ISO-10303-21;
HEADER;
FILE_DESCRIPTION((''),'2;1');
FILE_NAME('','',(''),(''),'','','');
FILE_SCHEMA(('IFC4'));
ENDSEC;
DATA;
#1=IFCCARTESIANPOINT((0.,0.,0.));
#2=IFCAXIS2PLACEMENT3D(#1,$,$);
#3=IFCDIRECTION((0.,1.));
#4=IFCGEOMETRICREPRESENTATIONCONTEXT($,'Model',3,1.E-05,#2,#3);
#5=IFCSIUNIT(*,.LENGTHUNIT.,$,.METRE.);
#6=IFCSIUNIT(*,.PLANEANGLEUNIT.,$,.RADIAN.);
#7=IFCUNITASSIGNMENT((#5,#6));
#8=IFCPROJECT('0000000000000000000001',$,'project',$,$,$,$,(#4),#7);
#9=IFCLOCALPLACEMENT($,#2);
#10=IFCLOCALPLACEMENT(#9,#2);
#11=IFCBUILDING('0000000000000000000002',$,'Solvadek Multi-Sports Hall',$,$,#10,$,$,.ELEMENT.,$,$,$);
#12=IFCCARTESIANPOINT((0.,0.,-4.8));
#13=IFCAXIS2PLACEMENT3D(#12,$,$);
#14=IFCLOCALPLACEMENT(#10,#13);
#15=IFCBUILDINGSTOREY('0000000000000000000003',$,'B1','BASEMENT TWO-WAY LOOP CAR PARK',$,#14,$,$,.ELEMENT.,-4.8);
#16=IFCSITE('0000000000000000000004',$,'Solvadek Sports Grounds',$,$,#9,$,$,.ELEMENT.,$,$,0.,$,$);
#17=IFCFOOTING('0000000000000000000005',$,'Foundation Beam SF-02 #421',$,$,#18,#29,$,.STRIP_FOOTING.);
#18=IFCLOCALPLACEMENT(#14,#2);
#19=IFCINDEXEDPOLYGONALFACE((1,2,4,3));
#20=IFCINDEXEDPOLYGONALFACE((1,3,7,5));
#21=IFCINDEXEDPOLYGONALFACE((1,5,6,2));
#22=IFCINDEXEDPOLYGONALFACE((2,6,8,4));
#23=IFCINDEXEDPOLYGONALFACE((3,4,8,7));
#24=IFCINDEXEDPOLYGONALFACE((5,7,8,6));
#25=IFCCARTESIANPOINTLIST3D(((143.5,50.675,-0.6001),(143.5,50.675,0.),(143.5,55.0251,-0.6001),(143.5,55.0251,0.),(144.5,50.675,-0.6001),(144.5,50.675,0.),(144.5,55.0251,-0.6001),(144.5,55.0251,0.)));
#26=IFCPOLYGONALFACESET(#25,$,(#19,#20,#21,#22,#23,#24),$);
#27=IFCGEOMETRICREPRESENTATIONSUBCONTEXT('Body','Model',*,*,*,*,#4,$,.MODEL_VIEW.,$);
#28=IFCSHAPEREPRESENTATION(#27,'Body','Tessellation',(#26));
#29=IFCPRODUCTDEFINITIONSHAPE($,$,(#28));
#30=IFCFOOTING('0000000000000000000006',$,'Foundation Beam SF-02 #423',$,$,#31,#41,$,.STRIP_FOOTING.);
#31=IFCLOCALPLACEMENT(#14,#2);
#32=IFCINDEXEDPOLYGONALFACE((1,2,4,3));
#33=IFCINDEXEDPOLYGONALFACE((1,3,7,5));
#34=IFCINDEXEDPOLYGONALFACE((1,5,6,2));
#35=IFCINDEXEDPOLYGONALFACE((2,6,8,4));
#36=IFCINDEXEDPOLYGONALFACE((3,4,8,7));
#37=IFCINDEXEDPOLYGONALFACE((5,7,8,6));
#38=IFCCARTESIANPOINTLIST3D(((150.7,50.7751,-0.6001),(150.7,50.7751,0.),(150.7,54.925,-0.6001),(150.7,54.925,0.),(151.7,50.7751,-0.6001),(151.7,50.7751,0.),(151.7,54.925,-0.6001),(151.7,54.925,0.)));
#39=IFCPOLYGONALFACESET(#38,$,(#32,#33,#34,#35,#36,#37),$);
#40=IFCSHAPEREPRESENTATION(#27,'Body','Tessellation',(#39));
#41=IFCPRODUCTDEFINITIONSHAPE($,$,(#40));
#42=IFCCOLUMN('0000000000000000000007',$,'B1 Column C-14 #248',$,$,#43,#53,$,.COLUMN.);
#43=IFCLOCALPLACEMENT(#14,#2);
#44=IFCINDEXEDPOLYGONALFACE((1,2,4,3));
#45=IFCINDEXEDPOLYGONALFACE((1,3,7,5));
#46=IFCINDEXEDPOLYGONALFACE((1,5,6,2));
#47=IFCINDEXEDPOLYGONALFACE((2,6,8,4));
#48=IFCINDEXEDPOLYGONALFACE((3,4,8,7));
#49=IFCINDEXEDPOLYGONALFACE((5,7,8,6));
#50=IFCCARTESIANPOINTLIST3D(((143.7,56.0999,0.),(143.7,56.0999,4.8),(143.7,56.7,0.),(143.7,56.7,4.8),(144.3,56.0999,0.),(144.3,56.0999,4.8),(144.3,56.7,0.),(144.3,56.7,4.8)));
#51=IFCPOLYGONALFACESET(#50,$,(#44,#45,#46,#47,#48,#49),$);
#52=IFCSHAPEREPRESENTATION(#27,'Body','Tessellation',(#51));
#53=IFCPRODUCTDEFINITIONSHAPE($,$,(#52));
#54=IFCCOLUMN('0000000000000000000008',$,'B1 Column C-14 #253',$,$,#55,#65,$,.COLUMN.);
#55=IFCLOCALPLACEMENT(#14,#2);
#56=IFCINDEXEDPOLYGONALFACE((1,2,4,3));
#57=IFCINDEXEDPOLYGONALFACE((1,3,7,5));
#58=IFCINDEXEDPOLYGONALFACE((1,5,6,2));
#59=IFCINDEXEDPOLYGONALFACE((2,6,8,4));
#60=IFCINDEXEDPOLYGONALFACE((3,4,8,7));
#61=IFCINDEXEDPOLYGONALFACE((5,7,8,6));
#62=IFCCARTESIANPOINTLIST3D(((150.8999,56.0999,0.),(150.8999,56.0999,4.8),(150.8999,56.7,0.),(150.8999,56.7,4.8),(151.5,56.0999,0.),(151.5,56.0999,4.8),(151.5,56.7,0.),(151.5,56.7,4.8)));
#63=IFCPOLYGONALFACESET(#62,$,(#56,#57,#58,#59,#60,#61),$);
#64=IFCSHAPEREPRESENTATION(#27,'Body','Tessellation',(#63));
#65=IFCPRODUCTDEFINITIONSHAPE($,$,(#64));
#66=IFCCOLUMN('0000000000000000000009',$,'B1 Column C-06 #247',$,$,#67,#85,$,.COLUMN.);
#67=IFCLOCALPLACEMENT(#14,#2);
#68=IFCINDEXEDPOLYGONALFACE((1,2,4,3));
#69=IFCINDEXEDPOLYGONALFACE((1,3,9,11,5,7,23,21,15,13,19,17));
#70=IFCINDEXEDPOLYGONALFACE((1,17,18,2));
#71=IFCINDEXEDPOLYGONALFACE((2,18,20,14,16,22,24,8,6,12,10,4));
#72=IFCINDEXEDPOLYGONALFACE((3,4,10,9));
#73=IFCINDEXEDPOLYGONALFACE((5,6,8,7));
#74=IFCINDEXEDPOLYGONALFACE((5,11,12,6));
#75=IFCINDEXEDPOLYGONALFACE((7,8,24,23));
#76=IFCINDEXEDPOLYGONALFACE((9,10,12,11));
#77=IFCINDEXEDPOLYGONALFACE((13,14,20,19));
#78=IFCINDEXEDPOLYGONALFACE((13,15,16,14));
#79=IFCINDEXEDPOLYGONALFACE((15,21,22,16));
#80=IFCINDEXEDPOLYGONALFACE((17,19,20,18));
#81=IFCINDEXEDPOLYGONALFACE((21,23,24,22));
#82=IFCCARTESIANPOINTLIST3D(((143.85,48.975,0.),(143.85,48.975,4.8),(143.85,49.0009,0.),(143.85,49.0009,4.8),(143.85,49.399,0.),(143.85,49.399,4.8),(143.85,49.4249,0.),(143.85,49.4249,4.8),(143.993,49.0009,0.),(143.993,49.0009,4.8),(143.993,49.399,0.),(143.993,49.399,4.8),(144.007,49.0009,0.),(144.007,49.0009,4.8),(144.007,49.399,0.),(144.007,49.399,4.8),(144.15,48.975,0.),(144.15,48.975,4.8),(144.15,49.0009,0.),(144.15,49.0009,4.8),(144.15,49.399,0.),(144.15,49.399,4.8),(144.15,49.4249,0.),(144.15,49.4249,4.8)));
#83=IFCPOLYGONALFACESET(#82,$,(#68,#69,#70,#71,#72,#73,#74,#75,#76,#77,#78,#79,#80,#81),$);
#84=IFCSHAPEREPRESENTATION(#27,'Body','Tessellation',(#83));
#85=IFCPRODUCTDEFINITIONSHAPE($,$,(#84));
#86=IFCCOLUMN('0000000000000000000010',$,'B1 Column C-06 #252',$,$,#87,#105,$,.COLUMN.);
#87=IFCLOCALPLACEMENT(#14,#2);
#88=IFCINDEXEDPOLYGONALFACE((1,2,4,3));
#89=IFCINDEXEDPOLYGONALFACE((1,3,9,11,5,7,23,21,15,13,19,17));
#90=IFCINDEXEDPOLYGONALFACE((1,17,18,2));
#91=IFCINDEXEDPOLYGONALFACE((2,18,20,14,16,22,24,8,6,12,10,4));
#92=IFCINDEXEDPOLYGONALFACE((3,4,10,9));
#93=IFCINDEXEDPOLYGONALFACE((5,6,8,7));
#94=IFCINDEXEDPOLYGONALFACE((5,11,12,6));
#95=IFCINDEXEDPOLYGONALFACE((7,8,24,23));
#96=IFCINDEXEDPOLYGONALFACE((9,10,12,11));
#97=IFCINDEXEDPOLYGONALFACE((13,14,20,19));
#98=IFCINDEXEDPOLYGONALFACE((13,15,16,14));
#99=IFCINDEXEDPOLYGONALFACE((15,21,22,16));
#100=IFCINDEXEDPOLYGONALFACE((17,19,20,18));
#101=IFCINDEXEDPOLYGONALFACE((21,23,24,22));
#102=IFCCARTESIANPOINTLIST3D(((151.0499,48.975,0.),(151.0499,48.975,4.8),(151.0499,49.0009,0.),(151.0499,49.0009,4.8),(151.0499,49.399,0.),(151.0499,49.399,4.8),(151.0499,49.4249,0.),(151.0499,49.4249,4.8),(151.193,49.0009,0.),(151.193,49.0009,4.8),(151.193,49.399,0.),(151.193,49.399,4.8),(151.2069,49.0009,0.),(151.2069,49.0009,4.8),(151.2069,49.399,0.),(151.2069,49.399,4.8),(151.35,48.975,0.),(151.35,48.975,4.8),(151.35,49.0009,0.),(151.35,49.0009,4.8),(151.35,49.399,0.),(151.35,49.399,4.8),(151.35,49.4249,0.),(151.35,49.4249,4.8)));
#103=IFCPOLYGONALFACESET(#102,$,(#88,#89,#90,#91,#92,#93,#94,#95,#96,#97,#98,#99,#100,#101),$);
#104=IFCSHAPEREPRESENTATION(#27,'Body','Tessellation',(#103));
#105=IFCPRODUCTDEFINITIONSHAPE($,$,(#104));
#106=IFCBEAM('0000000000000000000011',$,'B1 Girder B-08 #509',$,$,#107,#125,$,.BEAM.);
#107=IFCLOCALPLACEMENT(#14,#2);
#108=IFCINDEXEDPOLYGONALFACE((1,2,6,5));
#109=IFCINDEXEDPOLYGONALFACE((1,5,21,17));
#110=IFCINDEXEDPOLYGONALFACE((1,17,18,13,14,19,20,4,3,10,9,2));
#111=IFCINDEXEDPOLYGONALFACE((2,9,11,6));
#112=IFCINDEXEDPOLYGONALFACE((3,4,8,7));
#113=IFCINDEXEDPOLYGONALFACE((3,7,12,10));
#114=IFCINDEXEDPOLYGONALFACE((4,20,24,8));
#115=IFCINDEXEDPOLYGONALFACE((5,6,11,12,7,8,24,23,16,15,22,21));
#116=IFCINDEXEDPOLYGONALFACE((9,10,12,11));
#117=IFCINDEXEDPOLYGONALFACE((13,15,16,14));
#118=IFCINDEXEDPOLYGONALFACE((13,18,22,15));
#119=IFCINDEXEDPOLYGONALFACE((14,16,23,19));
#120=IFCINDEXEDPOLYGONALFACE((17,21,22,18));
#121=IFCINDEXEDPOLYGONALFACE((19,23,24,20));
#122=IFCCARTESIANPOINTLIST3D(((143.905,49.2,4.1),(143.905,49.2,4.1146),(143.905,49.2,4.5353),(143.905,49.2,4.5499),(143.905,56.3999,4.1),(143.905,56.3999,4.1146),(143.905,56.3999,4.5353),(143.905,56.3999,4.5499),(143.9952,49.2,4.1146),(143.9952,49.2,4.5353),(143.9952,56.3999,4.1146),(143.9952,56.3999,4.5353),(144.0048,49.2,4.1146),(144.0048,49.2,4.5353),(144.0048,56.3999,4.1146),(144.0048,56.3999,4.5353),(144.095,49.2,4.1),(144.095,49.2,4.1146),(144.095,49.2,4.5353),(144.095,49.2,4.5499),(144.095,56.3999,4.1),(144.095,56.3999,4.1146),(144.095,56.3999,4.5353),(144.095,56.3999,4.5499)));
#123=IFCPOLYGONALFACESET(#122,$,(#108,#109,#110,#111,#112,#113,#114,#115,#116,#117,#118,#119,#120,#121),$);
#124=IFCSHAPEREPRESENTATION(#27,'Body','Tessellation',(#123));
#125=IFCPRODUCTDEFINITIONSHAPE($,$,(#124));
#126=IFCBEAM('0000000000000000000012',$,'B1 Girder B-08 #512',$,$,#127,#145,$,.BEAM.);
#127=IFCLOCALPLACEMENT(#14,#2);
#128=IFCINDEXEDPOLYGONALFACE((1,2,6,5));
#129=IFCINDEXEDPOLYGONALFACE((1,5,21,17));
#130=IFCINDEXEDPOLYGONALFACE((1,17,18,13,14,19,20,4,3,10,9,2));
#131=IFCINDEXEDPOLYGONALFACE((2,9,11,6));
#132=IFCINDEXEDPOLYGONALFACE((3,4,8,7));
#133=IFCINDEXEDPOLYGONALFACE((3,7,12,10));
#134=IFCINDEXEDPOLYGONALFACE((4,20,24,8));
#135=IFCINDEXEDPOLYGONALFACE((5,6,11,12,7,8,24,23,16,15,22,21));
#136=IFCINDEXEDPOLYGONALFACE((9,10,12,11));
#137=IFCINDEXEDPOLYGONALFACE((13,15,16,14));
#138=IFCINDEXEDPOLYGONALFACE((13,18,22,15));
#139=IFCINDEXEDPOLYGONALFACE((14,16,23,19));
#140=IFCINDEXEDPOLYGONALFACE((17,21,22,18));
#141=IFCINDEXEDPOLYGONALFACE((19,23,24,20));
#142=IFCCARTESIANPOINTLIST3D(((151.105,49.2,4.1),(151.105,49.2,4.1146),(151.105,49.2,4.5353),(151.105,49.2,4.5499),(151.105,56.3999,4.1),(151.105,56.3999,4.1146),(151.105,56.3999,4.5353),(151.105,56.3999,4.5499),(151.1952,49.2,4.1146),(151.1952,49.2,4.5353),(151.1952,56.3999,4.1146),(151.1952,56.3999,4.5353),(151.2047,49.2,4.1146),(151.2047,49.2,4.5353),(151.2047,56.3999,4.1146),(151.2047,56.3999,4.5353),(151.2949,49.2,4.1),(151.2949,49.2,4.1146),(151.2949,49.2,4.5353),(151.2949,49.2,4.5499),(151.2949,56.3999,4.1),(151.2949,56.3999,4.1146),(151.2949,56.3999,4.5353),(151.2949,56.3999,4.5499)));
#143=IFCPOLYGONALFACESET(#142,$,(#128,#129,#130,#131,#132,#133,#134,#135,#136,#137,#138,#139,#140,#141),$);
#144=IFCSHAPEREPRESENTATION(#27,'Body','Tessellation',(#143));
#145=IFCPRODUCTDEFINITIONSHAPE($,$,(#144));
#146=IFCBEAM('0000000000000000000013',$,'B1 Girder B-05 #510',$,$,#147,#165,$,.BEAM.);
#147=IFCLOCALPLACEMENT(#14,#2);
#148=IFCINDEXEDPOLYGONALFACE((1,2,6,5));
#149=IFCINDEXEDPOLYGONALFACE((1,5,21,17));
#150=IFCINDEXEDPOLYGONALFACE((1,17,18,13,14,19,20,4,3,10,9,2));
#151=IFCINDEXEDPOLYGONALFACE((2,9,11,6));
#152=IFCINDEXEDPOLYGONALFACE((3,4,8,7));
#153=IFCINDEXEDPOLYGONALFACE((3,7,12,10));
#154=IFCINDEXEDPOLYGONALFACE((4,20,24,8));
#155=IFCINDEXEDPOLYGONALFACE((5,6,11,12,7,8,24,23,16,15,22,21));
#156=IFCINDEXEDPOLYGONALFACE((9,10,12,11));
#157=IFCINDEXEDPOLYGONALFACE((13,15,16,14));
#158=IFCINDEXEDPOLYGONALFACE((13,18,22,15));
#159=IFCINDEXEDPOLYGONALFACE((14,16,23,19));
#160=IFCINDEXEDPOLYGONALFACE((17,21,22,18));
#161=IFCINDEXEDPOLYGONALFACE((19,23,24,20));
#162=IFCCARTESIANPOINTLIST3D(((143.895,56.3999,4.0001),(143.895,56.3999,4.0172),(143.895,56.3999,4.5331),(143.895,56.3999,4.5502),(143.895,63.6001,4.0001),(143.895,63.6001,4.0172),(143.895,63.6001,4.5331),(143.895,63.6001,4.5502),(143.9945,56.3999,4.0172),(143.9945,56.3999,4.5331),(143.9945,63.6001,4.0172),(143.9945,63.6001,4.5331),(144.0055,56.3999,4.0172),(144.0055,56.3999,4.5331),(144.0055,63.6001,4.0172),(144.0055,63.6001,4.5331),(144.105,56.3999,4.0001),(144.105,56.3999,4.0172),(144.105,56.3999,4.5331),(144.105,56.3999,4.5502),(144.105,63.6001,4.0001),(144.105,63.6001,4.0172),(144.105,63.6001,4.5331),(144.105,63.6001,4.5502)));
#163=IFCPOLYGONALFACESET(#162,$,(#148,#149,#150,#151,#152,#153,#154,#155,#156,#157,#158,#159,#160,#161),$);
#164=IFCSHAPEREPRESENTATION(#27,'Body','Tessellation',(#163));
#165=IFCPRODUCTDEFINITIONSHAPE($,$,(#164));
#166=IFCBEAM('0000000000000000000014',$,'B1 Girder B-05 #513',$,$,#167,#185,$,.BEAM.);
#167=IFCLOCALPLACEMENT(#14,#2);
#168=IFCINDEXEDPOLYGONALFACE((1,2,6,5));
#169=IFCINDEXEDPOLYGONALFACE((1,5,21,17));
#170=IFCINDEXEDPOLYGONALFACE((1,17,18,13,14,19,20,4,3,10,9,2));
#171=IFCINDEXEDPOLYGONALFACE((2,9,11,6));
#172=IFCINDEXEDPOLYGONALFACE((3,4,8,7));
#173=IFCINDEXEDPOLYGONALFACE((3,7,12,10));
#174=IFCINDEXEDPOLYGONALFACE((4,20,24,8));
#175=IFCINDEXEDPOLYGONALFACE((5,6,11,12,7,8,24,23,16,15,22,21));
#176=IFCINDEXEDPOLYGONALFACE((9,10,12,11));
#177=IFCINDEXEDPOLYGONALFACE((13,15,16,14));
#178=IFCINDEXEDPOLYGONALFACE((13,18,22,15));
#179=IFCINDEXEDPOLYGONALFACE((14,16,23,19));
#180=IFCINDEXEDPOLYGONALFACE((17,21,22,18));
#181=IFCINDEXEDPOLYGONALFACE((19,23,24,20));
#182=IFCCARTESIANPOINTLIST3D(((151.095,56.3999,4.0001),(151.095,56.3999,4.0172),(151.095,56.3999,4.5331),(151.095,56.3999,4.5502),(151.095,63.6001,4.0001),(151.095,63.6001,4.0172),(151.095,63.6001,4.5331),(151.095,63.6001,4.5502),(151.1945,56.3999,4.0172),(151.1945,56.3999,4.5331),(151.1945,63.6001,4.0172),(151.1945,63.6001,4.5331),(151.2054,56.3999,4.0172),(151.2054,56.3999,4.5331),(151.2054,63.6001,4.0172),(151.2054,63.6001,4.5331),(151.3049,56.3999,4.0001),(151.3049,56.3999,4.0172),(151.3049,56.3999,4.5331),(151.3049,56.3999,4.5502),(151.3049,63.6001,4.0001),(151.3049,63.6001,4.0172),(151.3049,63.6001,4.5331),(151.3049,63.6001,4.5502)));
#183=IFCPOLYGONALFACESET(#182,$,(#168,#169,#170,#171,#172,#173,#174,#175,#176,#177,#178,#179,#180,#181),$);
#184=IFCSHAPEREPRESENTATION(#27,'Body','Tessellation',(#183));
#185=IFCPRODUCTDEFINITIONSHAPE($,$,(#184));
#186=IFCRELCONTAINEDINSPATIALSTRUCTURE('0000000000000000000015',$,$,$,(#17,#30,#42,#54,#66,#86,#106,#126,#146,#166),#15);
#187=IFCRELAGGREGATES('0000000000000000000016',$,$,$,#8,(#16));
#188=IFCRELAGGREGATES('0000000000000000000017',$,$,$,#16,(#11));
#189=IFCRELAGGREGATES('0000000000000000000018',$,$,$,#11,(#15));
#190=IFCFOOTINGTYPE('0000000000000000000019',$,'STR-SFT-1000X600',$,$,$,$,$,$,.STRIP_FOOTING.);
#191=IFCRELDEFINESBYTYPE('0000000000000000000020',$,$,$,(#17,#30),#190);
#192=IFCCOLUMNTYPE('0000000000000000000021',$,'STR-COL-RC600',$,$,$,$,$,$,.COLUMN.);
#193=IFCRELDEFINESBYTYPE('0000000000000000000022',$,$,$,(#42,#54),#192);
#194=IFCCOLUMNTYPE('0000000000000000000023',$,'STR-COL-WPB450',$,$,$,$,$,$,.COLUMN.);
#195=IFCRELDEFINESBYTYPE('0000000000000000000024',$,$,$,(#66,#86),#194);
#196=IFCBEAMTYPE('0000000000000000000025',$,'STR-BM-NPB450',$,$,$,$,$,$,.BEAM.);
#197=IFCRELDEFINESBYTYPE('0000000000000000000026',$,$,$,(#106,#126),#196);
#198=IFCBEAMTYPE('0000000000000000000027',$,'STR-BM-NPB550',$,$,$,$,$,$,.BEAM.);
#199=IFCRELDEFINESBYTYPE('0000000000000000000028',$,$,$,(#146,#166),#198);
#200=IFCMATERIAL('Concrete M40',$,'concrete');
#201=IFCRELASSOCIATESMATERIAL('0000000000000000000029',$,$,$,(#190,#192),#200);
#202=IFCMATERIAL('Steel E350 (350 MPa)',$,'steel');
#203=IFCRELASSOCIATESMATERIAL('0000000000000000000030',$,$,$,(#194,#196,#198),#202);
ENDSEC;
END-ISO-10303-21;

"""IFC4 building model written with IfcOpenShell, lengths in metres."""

from ifc_helpers import new_model, si_unit, direction, frame, origin, origin_2d, place, context, subcontext, project, spatial, rectangle, i_section, extrude, material, material_profile, profile_set, type_object, element, save


model = new_model("IFC4")

# Units and contexts
model_context = context("Model", 3, precision=1e-05, world=origin(), true_north=direction((0.0, 1.0)))
body_context = subcontext(model_context, "Body", "Model", "MODEL_VIEW")
ifc_project = project(units=[si_unit("LENGTHUNIT", "METRE"), si_unit("PLANEANGLEUNIT", "RADIAN")], contexts=[model_context])

# Site, building, storey
site_placement = place(None, origin())
site = spatial("IfcSite", under=ifc_project, at=site_placement, Name="Solvadek Sports Grounds", CompositionType="ELEMENT", RefElevation=0.0)
building_placement = place(site_placement, origin())
building = spatial("IfcBuilding", under=site, at=building_placement, Name="Solvadek Multi-Sports Hall", CompositionType="ELEMENT")
storey_placement = place(building_placement, frame((0.0, 0.0, -4.8)))
storey = spatial("IfcBuildingStorey", under=building, at=storey_placement, Name="B1", Description="BASEMENT TWO-WAY LOOP CAR PARK", CompositionType="ELEMENT", Elevation=-4.8)

# Shared definitions
ifc_material_1 = material(Name="Concrete M40", Category="concrete")

# Footings
footing_type_1 = type_object("IfcFootingType", Name="STR-SFT-1000X600", PredefinedType="STRIP_FOOTING", material=ifc_material_1)
footing_1_placement = place(storey_placement, frame((144.0, 52.8501, -0.6001), z_axis=(0.0, 0.0, 1.0), x_axis=(0.0, 1.0, 0.0)))
element("IfcFooting", 1, at=footing_1_placement, inside=storey, type_object=footing_type_1, Name="Foundation Beam SF-02 #421", PredefinedType="STRIP_FOOTING", context=body_context, shape_type="SweptSolid", body=[
    extrude(rectangle(XDim=4.3501, YDim=1.0, at=origin_2d()), origin(), (0.0, 0.0, 1.0), 0.6001),
])
footing_2_placement = place(storey_placement, frame((151.2, 52.8501, -0.6001), z_axis=(0.0, 0.0, 1.0), x_axis=(0.0, 1.0, 0.0)))
element("IfcFooting", 2, at=footing_2_placement, inside=storey, type_object=footing_type_1, Name="Foundation Beam SF-02 #423", PredefinedType="STRIP_FOOTING", context=body_context, shape_type="SweptSolid", body=[
    extrude(rectangle(XDim=4.1499, YDim=1.0, at=origin_2d()), origin(), (0.0, 0.0, 1.0), 0.6001),
])

# Columns
ifc_material_profile_1 = material_profile(ifc_material_1, rectangle(XDim=0.6001, YDim=0.6001, at=origin_2d()), Name="RC 600x600")
ifc_profile_set_1 = profile_set([ifc_material_profile_1], Name="Concrete M40")
column_type_1 = type_object("IfcColumnType", Name="STR-COL-RC600", PredefinedType="COLUMN", material=ifc_profile_set_1)
for number, where, z_axis, x_axis, name in (
    (3, (144.0, 56.3999, 0.0), (0.0, 0.0, 1.0), (1.0, 0.0, 0.0), "B1 Column C-14 #248"),
    (4, (151.2, 56.3999, 0.0), (0.0, 0.0, 1.0), (1.0, 0.0, 0.0), "B1 Column C-14 #253"),
):
    element("IfcColumn", number, at=place(storey_placement, frame(where, z_axis=z_axis, x_axis=x_axis)), inside=storey, type_object=column_type_1, Name=name, PredefinedType="COLUMN", context=body_context, shape_type="SweptSolid", body=[
        extrude(rectangle(XDim=0.6001, YDim=0.6001, at=origin_2d()), origin(), (0.0, 0.0, 1.0), 4.8),
    ])
ifc_material_2 = material(Name="Steel E350 (350 MPa)", Category="steel")
ifc_material_profile_2 = material_profile(ifc_material_2, i_section(OverallWidth=0.3, OverallDepth=0.45, WebThickness=0.0139, FlangeThickness=0.0259, at=origin_2d()), Name="WPB 450")
ifc_profile_set_2 = profile_set([ifc_material_profile_2], Name="Steel E350 (350 MPa)")
column_type_2 = type_object("IfcColumnType", Name="STR-COL-WPB450", PredefinedType="COLUMN", material=ifc_profile_set_2)
for number, where, z_axis, x_axis, name in (
    (5, (144.0, 49.2, 0.0), (0.0, 0.0, 1.0), (1.0, 0.0, 0.0), "B1 Column C-06 #247"),
    (6, (151.2, 49.2, 0.0), (0.0, 0.0, 1.0), (1.0, 0.0, 0.0), "B1 Column C-06 #252"),
):
    element("IfcColumn", number, at=place(storey_placement, frame(where, z_axis=z_axis, x_axis=x_axis)), inside=storey, type_object=column_type_2, Name=name, PredefinedType="COLUMN", context=body_context, shape_type="SweptSolid", body=[
        extrude(i_section(OverallWidth=0.3, OverallDepth=0.45, WebThickness=0.0139, FlangeThickness=0.0259, at=origin_2d()), origin(), (0.0, 0.0, 1.0), 4.8),
    ])

# Beams
ifc_material_profile_3 = material_profile(ifc_material_2, i_section(OverallWidth=0.1899, OverallDepth=0.45, WebThickness=0.0095, FlangeThickness=0.0146, at=origin_2d()), Name="NPB 450")
ifc_profile_set_3 = profile_set([ifc_material_profile_3], Name="Steel E350 (350 MPa)")
beam_type_1 = type_object("IfcBeamType", Name="STR-BM-NPB450", PredefinedType="BEAM", material=ifc_profile_set_3)
for number, where, z_axis, x_axis, name in (
    (7, (144.0, 49.2, 4.325), (0.0, 1.0, 0.0), (-1.0, 0.0, 0.0), "B1 Girder B-08 #509"),
    (8, (151.2, 49.2, 4.325), (0.0, 1.0, 0.0), (-1.0, 0.0, 0.0), "B1 Girder B-08 #512"),
):
    element("IfcBeam", number, at=place(storey_placement, frame(where, z_axis=z_axis, x_axis=x_axis)), inside=storey, type_object=beam_type_1, Name=name, PredefinedType="BEAM", context=body_context, shape_type="SweptSolid", body=[
        extrude(i_section(OverallWidth=0.1899, OverallDepth=0.45, WebThickness=0.0095, FlangeThickness=0.0146, at=origin_2d()), origin(), (0.0, 0.0, 1.0), 7.2),
    ])
ifc_material_profile_4 = material_profile(ifc_material_2, i_section(OverallWidth=0.21, OverallDepth=0.55, WebThickness=0.011, FlangeThickness=0.0171, at=origin_2d()), Name="NPB 550")
ifc_profile_set_4 = profile_set([ifc_material_profile_4], Name="Steel E350 (350 MPa)")
beam_type_2 = type_object("IfcBeamType", Name="STR-BM-NPB550", PredefinedType="BEAM", material=ifc_profile_set_4)
for number, where, z_axis, x_axis, name in (
    (9, (144.0, 56.3999, 4.2751), (0.0, 1.0, 0.0), (-1.0, 0.0, 0.0), "B1 Girder B-05 #510"),
    (10, (151.2, 56.3999, 4.2751), (0.0, 1.0, 0.0), (-1.0, 0.0, 0.0), "B1 Girder B-05 #513"),
):
    element("IfcBeam", number, at=place(storey_placement, frame(where, z_axis=z_axis, x_axis=x_axis)), inside=storey, type_object=beam_type_2, Name=name, PredefinedType="BEAM", context=body_context, shape_type="SweptSolid", body=[
        extrude(i_section(OverallWidth=0.21, OverallDepth=0.55, WebThickness=0.011, FlangeThickness=0.0171, at=origin_2d()), origin(), (0.0, 0.0, 1.0), 7.2002),
    ])

save(model, "model.ifc")
